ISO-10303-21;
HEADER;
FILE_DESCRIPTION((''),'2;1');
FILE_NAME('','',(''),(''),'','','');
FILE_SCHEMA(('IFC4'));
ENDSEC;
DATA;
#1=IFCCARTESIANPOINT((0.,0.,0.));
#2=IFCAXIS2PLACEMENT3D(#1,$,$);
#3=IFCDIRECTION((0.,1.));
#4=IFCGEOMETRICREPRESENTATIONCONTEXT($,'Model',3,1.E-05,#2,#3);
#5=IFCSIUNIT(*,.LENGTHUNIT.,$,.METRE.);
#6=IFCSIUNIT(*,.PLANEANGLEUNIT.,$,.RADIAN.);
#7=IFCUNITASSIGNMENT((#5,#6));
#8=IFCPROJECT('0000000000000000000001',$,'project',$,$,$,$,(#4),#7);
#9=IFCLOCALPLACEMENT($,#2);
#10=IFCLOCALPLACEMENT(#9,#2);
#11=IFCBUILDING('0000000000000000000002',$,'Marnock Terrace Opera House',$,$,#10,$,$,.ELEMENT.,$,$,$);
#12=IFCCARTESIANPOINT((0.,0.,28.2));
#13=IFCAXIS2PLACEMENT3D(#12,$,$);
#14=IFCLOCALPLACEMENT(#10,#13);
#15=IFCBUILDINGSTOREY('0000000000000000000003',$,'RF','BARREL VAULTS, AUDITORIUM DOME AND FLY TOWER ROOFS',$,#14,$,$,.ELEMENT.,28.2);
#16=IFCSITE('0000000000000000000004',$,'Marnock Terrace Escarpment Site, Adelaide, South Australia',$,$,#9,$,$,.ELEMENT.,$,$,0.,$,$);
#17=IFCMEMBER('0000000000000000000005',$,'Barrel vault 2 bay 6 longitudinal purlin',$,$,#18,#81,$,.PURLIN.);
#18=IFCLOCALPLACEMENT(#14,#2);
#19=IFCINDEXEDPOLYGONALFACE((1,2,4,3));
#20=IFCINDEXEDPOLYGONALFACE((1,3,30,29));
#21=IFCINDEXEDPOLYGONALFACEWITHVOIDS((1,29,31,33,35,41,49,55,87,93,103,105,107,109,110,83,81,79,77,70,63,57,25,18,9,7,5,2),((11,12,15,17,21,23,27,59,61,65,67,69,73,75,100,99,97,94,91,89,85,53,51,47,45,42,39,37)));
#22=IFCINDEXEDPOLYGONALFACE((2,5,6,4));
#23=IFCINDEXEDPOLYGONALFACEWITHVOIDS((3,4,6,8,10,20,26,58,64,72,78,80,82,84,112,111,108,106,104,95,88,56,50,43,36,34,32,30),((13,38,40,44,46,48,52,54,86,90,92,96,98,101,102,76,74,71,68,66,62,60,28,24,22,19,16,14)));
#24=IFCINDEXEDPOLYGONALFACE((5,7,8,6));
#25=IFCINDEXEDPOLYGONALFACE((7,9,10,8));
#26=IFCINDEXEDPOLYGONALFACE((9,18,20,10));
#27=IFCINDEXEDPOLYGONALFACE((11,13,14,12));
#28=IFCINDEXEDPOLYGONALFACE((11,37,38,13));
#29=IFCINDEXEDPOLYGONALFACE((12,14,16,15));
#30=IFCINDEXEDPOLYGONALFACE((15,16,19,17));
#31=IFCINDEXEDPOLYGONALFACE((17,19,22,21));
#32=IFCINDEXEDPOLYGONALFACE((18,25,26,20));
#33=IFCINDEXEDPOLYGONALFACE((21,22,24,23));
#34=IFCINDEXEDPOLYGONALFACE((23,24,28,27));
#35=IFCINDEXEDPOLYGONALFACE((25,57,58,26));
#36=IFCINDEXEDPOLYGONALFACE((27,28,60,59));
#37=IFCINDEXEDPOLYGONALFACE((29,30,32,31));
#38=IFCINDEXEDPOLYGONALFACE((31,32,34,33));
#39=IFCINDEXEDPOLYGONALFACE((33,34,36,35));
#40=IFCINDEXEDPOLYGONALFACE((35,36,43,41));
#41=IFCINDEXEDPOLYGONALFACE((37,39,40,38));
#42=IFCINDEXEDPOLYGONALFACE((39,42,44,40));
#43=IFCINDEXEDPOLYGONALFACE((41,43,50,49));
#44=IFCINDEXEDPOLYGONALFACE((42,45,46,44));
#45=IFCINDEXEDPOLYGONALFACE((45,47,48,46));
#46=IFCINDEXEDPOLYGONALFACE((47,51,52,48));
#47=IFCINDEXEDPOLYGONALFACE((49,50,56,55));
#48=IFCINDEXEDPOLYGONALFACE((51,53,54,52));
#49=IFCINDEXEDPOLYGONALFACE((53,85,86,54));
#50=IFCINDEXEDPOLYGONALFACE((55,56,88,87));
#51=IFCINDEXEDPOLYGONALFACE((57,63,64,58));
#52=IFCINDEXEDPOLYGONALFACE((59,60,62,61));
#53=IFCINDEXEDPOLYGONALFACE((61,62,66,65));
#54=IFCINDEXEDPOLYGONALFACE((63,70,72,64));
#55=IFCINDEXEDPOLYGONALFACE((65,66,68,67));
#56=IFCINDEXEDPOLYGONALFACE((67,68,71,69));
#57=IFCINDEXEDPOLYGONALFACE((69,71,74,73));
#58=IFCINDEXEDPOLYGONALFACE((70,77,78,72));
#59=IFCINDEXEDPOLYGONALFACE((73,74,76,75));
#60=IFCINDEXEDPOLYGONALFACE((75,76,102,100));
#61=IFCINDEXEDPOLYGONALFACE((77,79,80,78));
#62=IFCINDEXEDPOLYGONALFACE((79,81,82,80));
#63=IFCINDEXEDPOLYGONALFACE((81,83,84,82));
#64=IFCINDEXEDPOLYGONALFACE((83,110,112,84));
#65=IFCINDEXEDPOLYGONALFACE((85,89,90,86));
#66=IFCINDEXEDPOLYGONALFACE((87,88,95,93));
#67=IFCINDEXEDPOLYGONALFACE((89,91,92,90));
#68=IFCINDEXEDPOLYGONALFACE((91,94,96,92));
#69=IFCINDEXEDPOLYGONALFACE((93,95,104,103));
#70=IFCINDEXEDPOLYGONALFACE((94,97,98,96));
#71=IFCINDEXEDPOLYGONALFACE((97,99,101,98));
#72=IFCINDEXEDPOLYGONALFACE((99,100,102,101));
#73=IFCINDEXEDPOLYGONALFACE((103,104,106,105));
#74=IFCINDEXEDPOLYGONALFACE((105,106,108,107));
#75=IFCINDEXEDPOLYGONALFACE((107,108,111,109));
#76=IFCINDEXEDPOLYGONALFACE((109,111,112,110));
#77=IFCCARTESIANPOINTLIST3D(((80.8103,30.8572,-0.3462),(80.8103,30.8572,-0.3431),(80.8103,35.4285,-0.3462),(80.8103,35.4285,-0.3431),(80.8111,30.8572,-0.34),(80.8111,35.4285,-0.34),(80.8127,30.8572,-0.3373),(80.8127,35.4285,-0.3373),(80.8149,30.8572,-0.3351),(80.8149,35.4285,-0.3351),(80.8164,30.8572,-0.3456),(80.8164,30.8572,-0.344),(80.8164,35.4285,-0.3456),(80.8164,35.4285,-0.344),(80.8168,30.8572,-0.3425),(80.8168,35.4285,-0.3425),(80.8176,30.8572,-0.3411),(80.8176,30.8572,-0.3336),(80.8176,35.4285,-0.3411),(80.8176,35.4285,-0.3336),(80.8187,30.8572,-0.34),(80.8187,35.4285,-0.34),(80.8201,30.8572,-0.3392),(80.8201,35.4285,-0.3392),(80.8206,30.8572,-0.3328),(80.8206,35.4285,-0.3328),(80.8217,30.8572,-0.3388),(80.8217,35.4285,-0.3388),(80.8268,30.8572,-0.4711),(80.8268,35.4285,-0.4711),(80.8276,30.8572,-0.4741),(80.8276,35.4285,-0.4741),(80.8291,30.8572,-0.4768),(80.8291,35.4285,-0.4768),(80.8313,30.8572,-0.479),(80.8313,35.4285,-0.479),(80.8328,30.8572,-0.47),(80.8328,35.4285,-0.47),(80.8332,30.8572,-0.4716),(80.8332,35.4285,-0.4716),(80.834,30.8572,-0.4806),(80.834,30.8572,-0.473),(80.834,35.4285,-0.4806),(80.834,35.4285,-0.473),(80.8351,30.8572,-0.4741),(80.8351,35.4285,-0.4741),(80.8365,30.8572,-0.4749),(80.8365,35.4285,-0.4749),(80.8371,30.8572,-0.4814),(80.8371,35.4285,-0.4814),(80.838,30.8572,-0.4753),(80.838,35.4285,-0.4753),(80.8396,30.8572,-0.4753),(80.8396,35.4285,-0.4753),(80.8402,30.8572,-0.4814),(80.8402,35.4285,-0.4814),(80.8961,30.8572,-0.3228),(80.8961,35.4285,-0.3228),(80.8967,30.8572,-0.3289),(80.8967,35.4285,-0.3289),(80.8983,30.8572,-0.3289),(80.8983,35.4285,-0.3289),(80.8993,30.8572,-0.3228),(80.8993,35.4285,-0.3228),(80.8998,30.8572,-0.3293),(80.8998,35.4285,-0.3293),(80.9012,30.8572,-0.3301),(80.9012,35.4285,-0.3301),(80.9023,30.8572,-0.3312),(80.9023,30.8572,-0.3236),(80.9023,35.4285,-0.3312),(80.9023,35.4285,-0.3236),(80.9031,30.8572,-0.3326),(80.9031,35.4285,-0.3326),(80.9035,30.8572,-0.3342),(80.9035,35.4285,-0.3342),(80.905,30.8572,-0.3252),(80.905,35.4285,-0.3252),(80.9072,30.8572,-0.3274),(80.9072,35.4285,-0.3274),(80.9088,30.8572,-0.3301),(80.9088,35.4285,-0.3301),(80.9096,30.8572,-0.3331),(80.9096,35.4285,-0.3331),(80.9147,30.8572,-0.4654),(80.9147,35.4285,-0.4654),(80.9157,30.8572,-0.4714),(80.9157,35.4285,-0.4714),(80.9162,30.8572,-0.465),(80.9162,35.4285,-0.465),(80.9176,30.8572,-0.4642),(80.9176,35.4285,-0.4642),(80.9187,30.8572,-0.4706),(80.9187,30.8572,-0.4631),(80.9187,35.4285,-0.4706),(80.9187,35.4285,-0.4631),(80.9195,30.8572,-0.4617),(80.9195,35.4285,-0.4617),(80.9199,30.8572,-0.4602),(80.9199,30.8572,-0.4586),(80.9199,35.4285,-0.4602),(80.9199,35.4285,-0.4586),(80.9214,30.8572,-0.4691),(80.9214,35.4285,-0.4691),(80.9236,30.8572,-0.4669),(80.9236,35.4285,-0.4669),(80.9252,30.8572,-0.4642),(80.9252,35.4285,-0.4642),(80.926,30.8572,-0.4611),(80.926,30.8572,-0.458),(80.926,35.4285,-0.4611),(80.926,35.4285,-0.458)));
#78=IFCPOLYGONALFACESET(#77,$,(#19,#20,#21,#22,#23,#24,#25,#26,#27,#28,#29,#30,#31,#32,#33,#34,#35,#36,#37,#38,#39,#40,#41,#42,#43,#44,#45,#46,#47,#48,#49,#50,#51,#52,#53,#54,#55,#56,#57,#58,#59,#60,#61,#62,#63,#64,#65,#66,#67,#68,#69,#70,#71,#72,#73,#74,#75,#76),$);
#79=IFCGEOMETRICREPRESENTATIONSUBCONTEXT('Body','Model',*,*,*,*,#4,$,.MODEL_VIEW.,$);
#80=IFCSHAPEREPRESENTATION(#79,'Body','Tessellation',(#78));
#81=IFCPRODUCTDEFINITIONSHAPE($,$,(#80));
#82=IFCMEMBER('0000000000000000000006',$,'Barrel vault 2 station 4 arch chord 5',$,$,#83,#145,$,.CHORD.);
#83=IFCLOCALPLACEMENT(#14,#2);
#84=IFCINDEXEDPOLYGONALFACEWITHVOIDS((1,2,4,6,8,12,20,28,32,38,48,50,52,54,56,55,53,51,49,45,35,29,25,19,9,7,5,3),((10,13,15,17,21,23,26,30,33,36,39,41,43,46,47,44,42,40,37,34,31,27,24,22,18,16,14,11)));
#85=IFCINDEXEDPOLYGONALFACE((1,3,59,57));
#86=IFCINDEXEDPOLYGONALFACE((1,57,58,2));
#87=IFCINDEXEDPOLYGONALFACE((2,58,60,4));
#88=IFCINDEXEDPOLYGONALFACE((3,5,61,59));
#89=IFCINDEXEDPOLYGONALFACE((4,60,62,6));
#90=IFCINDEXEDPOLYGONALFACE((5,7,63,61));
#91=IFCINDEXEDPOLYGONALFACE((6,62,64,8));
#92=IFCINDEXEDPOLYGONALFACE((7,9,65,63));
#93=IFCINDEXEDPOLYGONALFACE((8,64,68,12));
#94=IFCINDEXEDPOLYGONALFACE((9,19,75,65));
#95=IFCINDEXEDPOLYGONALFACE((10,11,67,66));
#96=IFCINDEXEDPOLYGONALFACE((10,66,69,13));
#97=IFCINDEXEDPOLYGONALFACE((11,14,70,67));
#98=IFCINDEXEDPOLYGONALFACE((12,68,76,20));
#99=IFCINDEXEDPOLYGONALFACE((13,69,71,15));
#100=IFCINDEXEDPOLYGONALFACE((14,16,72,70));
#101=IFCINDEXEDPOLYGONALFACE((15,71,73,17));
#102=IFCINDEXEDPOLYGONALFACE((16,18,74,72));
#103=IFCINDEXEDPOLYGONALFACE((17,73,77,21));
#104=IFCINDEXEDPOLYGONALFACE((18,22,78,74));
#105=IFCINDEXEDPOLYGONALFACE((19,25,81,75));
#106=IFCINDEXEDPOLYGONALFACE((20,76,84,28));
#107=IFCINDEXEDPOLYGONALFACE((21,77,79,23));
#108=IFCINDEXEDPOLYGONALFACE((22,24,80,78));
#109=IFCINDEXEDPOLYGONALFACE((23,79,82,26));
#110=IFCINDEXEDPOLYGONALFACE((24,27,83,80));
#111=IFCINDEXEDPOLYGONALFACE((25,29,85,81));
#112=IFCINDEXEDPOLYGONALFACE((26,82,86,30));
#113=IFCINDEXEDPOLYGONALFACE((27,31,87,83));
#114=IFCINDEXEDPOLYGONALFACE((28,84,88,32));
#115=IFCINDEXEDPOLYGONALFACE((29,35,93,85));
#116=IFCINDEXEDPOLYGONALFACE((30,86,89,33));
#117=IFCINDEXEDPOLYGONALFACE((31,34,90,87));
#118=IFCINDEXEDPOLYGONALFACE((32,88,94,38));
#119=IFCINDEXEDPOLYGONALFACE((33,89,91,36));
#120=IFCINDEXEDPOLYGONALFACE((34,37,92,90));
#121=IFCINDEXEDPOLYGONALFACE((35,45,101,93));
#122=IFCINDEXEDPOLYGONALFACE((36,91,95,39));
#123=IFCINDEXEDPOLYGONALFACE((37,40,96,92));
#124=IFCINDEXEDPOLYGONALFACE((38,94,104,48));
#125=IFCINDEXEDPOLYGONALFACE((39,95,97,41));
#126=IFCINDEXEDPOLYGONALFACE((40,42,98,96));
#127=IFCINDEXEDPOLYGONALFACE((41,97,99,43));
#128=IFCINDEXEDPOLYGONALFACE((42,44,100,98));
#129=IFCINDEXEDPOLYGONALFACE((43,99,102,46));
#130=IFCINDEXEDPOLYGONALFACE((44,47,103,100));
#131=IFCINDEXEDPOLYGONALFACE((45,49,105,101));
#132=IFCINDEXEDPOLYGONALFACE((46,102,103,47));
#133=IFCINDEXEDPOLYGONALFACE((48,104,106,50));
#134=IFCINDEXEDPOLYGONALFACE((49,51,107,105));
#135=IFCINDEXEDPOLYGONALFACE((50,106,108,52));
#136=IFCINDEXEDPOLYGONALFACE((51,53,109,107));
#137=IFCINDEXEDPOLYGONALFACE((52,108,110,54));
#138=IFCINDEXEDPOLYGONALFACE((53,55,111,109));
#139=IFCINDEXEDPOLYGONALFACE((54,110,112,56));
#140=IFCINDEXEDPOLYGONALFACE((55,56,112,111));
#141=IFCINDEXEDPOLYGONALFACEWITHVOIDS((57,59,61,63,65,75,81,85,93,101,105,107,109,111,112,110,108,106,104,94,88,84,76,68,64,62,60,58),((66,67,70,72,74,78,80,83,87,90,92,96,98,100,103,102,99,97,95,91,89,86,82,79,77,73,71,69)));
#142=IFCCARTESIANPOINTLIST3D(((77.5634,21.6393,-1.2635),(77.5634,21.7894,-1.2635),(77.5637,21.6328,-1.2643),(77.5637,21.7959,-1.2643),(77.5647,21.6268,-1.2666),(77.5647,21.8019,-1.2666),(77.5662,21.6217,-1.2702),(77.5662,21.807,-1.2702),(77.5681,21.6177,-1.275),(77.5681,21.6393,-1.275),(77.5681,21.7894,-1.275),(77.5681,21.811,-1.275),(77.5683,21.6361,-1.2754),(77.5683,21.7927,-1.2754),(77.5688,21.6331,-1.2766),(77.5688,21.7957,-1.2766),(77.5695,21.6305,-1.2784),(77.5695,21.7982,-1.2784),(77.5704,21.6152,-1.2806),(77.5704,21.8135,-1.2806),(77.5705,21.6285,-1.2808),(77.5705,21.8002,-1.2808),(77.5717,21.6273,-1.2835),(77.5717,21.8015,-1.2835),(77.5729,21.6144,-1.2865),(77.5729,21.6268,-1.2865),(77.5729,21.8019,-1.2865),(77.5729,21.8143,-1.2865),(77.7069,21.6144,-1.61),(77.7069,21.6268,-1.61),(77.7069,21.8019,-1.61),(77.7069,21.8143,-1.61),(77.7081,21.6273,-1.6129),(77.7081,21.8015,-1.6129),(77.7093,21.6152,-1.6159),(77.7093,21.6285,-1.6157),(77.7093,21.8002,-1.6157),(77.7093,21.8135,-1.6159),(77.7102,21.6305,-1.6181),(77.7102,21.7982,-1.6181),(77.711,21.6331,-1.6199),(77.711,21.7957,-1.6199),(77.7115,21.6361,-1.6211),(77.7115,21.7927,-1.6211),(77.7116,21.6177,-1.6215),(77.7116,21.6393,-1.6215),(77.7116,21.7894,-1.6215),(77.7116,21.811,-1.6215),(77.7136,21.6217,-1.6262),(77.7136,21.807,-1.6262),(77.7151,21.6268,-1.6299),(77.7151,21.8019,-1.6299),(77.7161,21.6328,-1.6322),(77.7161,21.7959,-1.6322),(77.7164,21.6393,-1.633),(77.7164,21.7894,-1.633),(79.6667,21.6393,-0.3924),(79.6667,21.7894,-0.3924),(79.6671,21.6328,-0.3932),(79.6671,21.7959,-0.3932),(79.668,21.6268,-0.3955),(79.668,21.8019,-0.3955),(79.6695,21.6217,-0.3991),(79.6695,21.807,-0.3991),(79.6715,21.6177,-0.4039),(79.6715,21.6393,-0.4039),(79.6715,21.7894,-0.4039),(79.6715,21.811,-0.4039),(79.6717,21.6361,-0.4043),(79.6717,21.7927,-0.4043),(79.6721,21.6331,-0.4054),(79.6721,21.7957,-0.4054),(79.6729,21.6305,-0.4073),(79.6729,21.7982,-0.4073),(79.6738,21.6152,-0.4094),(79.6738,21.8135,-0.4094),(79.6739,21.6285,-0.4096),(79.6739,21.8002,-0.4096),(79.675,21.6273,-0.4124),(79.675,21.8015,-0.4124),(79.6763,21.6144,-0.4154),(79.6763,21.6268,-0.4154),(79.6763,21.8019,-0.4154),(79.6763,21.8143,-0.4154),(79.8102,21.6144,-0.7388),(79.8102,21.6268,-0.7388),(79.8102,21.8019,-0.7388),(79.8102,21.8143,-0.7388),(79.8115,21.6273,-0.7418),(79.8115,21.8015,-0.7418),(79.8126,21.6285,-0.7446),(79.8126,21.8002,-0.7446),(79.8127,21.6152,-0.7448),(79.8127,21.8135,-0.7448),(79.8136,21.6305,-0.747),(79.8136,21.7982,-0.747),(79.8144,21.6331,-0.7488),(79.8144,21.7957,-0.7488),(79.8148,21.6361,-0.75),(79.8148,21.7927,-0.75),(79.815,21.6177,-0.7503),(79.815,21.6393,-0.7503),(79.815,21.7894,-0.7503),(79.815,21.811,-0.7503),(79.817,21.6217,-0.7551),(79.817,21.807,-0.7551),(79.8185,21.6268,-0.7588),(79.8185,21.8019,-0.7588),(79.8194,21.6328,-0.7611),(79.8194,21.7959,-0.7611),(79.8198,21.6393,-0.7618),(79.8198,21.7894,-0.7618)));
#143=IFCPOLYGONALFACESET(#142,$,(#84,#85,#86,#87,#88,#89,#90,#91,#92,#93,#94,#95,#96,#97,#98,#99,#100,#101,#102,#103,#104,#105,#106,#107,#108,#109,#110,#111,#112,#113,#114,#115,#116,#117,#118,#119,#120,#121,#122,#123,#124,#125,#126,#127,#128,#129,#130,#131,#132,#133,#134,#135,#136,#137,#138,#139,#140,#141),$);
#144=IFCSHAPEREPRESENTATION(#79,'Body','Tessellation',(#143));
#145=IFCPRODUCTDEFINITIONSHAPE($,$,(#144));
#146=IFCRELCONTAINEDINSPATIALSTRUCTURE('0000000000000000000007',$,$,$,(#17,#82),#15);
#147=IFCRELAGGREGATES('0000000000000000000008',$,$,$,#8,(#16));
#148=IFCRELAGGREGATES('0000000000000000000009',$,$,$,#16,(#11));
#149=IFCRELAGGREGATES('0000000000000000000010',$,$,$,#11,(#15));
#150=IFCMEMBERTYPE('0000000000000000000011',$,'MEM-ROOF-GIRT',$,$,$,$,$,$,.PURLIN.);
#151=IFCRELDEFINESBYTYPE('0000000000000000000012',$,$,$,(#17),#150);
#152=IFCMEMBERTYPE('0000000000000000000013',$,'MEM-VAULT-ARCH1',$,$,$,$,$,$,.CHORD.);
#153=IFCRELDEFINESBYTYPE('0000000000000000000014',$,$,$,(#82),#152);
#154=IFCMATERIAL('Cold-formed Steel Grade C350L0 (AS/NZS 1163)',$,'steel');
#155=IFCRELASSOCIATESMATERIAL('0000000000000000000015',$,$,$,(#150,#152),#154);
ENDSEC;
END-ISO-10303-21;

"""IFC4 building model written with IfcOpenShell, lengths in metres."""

from ifc_helpers import new_model, si_unit, direction, frame, origin, origin_2d, place, context, subcontext, project, spatial, hollow_rectangle, extrude, material, material_profile, profile_set, type_object, element, save


model = new_model("IFC4")

# Units and contexts
model_context = context("Model", 3, precision=1e-05, world=origin(), true_north=direction((0.0, 1.0)))
body_context = subcontext(model_context, "Body", "Model", "MODEL_VIEW")
ifc_project = project(units=[si_unit("LENGTHUNIT", "METRE"), si_unit("PLANEANGLEUNIT", "RADIAN")], contexts=[model_context])

# Site, building, storey
site_placement = place(None, origin())
site = spatial("IfcSite", under=ifc_project, at=site_placement, Name="Marnock Terrace Escarpment Site, Adelaide, South Australia", CompositionType="ELEMENT", RefElevation=0.0)
building_placement = place(site_placement, origin())
building = spatial("IfcBuilding", under=site, at=building_placement, Name="Marnock Terrace Opera House", CompositionType="ELEMENT")
storey_placement = place(building_placement, frame((0.0, 0.0, 28.2)))
storey = spatial("IfcBuildingStorey", under=building, at=storey_placement, Name="RF", Description="BARREL VAULTS, AUDITORIUM DOME AND FLY TOWER ROOFS", CompositionType="ELEMENT", Elevation=28.2)

# Members
ifc_material = material(Name="Cold-formed Steel Grade C350L0 (AS/NZS 1163)", Category="steel")
ifc_material_profile_1 = material_profile(ifc_material, hollow_rectangle(XDim=0.1001, YDim=0.1499, WallThickness=0.0061, InnerFilletRadius=0.0061, OuterFilletRadius=0.012, at=origin_2d()))
ifc_profile_set_1 = profile_set([ifc_material_profile_1], Name="Cold-formed Steel Grade C350L0 (AS/NZS 1163)")
member_type_1 = type_object("IfcMemberType", Name="MEM-ROOF-GIRT", PredefinedType="PURLIN", material=ifc_profile_set_1)
member_1_placement = place(storey_placement, frame((80.8682, 30.8572, -0.4021), z_axis=(0.0, 1.0, 0.0), x_axis=(-0.991445, 0.0, -0.130526)))
element("IfcMember", 1, at=member_1_placement, inside=storey, type_object=member_type_1, Name="Barrel vault 2 bay 6 longitudinal purlin", PredefinedType="PURLIN", context=body_context, shape_type="SweptSolid", body=[
    extrude(hollow_rectangle(XDim=0.1001, YDim=0.1499, WallThickness=0.0061, InnerFilletRadius=0.0061, OuterFilletRadius=0.012, at=origin_2d()), origin(), (0.0, 0.0, 1.0), 4.5713),
])
ifc_material_profile_2 = material_profile(ifc_material, hollow_rectangle(XDim=0.2, YDim=0.3999, WallThickness=0.0125, InnerFilletRadius=0.0125, OuterFilletRadius=0.0249, at=origin_2d()))
ifc_profile_set_2 = profile_set([ifc_material_profile_2], Name="Cold-formed Steel Grade C350L0 (AS/NZS 1163)")
member_type_2 = type_object("IfcMemberType", Name="MEM-VAULT-ARCH1", PredefinedType="CHORD", material=ifc_profile_set_2)
member_2_placement = place(storey_placement, frame((77.6399, 21.7144, -1.4482), z_axis=(0.923897, 0.0, 0.382642), x_axis=(0.0, 1.0, 0.0)))
element("IfcMember", 2, at=member_2_placement, inside=storey, type_object=member_type_2, Name="Barrel vault 2 station 4 arch chord 5", PredefinedType="CHORD", context=body_context, shape_type="SweptSolid", body=[
    extrude(hollow_rectangle(XDim=0.2, YDim=0.3999, WallThickness=0.0125, InnerFilletRadius=0.0125, OuterFilletRadius=0.0249, at=origin_2d()), origin(), (0.0, 0.0, 1.0), 2.2766),
])

save(model, "model.ifc")
